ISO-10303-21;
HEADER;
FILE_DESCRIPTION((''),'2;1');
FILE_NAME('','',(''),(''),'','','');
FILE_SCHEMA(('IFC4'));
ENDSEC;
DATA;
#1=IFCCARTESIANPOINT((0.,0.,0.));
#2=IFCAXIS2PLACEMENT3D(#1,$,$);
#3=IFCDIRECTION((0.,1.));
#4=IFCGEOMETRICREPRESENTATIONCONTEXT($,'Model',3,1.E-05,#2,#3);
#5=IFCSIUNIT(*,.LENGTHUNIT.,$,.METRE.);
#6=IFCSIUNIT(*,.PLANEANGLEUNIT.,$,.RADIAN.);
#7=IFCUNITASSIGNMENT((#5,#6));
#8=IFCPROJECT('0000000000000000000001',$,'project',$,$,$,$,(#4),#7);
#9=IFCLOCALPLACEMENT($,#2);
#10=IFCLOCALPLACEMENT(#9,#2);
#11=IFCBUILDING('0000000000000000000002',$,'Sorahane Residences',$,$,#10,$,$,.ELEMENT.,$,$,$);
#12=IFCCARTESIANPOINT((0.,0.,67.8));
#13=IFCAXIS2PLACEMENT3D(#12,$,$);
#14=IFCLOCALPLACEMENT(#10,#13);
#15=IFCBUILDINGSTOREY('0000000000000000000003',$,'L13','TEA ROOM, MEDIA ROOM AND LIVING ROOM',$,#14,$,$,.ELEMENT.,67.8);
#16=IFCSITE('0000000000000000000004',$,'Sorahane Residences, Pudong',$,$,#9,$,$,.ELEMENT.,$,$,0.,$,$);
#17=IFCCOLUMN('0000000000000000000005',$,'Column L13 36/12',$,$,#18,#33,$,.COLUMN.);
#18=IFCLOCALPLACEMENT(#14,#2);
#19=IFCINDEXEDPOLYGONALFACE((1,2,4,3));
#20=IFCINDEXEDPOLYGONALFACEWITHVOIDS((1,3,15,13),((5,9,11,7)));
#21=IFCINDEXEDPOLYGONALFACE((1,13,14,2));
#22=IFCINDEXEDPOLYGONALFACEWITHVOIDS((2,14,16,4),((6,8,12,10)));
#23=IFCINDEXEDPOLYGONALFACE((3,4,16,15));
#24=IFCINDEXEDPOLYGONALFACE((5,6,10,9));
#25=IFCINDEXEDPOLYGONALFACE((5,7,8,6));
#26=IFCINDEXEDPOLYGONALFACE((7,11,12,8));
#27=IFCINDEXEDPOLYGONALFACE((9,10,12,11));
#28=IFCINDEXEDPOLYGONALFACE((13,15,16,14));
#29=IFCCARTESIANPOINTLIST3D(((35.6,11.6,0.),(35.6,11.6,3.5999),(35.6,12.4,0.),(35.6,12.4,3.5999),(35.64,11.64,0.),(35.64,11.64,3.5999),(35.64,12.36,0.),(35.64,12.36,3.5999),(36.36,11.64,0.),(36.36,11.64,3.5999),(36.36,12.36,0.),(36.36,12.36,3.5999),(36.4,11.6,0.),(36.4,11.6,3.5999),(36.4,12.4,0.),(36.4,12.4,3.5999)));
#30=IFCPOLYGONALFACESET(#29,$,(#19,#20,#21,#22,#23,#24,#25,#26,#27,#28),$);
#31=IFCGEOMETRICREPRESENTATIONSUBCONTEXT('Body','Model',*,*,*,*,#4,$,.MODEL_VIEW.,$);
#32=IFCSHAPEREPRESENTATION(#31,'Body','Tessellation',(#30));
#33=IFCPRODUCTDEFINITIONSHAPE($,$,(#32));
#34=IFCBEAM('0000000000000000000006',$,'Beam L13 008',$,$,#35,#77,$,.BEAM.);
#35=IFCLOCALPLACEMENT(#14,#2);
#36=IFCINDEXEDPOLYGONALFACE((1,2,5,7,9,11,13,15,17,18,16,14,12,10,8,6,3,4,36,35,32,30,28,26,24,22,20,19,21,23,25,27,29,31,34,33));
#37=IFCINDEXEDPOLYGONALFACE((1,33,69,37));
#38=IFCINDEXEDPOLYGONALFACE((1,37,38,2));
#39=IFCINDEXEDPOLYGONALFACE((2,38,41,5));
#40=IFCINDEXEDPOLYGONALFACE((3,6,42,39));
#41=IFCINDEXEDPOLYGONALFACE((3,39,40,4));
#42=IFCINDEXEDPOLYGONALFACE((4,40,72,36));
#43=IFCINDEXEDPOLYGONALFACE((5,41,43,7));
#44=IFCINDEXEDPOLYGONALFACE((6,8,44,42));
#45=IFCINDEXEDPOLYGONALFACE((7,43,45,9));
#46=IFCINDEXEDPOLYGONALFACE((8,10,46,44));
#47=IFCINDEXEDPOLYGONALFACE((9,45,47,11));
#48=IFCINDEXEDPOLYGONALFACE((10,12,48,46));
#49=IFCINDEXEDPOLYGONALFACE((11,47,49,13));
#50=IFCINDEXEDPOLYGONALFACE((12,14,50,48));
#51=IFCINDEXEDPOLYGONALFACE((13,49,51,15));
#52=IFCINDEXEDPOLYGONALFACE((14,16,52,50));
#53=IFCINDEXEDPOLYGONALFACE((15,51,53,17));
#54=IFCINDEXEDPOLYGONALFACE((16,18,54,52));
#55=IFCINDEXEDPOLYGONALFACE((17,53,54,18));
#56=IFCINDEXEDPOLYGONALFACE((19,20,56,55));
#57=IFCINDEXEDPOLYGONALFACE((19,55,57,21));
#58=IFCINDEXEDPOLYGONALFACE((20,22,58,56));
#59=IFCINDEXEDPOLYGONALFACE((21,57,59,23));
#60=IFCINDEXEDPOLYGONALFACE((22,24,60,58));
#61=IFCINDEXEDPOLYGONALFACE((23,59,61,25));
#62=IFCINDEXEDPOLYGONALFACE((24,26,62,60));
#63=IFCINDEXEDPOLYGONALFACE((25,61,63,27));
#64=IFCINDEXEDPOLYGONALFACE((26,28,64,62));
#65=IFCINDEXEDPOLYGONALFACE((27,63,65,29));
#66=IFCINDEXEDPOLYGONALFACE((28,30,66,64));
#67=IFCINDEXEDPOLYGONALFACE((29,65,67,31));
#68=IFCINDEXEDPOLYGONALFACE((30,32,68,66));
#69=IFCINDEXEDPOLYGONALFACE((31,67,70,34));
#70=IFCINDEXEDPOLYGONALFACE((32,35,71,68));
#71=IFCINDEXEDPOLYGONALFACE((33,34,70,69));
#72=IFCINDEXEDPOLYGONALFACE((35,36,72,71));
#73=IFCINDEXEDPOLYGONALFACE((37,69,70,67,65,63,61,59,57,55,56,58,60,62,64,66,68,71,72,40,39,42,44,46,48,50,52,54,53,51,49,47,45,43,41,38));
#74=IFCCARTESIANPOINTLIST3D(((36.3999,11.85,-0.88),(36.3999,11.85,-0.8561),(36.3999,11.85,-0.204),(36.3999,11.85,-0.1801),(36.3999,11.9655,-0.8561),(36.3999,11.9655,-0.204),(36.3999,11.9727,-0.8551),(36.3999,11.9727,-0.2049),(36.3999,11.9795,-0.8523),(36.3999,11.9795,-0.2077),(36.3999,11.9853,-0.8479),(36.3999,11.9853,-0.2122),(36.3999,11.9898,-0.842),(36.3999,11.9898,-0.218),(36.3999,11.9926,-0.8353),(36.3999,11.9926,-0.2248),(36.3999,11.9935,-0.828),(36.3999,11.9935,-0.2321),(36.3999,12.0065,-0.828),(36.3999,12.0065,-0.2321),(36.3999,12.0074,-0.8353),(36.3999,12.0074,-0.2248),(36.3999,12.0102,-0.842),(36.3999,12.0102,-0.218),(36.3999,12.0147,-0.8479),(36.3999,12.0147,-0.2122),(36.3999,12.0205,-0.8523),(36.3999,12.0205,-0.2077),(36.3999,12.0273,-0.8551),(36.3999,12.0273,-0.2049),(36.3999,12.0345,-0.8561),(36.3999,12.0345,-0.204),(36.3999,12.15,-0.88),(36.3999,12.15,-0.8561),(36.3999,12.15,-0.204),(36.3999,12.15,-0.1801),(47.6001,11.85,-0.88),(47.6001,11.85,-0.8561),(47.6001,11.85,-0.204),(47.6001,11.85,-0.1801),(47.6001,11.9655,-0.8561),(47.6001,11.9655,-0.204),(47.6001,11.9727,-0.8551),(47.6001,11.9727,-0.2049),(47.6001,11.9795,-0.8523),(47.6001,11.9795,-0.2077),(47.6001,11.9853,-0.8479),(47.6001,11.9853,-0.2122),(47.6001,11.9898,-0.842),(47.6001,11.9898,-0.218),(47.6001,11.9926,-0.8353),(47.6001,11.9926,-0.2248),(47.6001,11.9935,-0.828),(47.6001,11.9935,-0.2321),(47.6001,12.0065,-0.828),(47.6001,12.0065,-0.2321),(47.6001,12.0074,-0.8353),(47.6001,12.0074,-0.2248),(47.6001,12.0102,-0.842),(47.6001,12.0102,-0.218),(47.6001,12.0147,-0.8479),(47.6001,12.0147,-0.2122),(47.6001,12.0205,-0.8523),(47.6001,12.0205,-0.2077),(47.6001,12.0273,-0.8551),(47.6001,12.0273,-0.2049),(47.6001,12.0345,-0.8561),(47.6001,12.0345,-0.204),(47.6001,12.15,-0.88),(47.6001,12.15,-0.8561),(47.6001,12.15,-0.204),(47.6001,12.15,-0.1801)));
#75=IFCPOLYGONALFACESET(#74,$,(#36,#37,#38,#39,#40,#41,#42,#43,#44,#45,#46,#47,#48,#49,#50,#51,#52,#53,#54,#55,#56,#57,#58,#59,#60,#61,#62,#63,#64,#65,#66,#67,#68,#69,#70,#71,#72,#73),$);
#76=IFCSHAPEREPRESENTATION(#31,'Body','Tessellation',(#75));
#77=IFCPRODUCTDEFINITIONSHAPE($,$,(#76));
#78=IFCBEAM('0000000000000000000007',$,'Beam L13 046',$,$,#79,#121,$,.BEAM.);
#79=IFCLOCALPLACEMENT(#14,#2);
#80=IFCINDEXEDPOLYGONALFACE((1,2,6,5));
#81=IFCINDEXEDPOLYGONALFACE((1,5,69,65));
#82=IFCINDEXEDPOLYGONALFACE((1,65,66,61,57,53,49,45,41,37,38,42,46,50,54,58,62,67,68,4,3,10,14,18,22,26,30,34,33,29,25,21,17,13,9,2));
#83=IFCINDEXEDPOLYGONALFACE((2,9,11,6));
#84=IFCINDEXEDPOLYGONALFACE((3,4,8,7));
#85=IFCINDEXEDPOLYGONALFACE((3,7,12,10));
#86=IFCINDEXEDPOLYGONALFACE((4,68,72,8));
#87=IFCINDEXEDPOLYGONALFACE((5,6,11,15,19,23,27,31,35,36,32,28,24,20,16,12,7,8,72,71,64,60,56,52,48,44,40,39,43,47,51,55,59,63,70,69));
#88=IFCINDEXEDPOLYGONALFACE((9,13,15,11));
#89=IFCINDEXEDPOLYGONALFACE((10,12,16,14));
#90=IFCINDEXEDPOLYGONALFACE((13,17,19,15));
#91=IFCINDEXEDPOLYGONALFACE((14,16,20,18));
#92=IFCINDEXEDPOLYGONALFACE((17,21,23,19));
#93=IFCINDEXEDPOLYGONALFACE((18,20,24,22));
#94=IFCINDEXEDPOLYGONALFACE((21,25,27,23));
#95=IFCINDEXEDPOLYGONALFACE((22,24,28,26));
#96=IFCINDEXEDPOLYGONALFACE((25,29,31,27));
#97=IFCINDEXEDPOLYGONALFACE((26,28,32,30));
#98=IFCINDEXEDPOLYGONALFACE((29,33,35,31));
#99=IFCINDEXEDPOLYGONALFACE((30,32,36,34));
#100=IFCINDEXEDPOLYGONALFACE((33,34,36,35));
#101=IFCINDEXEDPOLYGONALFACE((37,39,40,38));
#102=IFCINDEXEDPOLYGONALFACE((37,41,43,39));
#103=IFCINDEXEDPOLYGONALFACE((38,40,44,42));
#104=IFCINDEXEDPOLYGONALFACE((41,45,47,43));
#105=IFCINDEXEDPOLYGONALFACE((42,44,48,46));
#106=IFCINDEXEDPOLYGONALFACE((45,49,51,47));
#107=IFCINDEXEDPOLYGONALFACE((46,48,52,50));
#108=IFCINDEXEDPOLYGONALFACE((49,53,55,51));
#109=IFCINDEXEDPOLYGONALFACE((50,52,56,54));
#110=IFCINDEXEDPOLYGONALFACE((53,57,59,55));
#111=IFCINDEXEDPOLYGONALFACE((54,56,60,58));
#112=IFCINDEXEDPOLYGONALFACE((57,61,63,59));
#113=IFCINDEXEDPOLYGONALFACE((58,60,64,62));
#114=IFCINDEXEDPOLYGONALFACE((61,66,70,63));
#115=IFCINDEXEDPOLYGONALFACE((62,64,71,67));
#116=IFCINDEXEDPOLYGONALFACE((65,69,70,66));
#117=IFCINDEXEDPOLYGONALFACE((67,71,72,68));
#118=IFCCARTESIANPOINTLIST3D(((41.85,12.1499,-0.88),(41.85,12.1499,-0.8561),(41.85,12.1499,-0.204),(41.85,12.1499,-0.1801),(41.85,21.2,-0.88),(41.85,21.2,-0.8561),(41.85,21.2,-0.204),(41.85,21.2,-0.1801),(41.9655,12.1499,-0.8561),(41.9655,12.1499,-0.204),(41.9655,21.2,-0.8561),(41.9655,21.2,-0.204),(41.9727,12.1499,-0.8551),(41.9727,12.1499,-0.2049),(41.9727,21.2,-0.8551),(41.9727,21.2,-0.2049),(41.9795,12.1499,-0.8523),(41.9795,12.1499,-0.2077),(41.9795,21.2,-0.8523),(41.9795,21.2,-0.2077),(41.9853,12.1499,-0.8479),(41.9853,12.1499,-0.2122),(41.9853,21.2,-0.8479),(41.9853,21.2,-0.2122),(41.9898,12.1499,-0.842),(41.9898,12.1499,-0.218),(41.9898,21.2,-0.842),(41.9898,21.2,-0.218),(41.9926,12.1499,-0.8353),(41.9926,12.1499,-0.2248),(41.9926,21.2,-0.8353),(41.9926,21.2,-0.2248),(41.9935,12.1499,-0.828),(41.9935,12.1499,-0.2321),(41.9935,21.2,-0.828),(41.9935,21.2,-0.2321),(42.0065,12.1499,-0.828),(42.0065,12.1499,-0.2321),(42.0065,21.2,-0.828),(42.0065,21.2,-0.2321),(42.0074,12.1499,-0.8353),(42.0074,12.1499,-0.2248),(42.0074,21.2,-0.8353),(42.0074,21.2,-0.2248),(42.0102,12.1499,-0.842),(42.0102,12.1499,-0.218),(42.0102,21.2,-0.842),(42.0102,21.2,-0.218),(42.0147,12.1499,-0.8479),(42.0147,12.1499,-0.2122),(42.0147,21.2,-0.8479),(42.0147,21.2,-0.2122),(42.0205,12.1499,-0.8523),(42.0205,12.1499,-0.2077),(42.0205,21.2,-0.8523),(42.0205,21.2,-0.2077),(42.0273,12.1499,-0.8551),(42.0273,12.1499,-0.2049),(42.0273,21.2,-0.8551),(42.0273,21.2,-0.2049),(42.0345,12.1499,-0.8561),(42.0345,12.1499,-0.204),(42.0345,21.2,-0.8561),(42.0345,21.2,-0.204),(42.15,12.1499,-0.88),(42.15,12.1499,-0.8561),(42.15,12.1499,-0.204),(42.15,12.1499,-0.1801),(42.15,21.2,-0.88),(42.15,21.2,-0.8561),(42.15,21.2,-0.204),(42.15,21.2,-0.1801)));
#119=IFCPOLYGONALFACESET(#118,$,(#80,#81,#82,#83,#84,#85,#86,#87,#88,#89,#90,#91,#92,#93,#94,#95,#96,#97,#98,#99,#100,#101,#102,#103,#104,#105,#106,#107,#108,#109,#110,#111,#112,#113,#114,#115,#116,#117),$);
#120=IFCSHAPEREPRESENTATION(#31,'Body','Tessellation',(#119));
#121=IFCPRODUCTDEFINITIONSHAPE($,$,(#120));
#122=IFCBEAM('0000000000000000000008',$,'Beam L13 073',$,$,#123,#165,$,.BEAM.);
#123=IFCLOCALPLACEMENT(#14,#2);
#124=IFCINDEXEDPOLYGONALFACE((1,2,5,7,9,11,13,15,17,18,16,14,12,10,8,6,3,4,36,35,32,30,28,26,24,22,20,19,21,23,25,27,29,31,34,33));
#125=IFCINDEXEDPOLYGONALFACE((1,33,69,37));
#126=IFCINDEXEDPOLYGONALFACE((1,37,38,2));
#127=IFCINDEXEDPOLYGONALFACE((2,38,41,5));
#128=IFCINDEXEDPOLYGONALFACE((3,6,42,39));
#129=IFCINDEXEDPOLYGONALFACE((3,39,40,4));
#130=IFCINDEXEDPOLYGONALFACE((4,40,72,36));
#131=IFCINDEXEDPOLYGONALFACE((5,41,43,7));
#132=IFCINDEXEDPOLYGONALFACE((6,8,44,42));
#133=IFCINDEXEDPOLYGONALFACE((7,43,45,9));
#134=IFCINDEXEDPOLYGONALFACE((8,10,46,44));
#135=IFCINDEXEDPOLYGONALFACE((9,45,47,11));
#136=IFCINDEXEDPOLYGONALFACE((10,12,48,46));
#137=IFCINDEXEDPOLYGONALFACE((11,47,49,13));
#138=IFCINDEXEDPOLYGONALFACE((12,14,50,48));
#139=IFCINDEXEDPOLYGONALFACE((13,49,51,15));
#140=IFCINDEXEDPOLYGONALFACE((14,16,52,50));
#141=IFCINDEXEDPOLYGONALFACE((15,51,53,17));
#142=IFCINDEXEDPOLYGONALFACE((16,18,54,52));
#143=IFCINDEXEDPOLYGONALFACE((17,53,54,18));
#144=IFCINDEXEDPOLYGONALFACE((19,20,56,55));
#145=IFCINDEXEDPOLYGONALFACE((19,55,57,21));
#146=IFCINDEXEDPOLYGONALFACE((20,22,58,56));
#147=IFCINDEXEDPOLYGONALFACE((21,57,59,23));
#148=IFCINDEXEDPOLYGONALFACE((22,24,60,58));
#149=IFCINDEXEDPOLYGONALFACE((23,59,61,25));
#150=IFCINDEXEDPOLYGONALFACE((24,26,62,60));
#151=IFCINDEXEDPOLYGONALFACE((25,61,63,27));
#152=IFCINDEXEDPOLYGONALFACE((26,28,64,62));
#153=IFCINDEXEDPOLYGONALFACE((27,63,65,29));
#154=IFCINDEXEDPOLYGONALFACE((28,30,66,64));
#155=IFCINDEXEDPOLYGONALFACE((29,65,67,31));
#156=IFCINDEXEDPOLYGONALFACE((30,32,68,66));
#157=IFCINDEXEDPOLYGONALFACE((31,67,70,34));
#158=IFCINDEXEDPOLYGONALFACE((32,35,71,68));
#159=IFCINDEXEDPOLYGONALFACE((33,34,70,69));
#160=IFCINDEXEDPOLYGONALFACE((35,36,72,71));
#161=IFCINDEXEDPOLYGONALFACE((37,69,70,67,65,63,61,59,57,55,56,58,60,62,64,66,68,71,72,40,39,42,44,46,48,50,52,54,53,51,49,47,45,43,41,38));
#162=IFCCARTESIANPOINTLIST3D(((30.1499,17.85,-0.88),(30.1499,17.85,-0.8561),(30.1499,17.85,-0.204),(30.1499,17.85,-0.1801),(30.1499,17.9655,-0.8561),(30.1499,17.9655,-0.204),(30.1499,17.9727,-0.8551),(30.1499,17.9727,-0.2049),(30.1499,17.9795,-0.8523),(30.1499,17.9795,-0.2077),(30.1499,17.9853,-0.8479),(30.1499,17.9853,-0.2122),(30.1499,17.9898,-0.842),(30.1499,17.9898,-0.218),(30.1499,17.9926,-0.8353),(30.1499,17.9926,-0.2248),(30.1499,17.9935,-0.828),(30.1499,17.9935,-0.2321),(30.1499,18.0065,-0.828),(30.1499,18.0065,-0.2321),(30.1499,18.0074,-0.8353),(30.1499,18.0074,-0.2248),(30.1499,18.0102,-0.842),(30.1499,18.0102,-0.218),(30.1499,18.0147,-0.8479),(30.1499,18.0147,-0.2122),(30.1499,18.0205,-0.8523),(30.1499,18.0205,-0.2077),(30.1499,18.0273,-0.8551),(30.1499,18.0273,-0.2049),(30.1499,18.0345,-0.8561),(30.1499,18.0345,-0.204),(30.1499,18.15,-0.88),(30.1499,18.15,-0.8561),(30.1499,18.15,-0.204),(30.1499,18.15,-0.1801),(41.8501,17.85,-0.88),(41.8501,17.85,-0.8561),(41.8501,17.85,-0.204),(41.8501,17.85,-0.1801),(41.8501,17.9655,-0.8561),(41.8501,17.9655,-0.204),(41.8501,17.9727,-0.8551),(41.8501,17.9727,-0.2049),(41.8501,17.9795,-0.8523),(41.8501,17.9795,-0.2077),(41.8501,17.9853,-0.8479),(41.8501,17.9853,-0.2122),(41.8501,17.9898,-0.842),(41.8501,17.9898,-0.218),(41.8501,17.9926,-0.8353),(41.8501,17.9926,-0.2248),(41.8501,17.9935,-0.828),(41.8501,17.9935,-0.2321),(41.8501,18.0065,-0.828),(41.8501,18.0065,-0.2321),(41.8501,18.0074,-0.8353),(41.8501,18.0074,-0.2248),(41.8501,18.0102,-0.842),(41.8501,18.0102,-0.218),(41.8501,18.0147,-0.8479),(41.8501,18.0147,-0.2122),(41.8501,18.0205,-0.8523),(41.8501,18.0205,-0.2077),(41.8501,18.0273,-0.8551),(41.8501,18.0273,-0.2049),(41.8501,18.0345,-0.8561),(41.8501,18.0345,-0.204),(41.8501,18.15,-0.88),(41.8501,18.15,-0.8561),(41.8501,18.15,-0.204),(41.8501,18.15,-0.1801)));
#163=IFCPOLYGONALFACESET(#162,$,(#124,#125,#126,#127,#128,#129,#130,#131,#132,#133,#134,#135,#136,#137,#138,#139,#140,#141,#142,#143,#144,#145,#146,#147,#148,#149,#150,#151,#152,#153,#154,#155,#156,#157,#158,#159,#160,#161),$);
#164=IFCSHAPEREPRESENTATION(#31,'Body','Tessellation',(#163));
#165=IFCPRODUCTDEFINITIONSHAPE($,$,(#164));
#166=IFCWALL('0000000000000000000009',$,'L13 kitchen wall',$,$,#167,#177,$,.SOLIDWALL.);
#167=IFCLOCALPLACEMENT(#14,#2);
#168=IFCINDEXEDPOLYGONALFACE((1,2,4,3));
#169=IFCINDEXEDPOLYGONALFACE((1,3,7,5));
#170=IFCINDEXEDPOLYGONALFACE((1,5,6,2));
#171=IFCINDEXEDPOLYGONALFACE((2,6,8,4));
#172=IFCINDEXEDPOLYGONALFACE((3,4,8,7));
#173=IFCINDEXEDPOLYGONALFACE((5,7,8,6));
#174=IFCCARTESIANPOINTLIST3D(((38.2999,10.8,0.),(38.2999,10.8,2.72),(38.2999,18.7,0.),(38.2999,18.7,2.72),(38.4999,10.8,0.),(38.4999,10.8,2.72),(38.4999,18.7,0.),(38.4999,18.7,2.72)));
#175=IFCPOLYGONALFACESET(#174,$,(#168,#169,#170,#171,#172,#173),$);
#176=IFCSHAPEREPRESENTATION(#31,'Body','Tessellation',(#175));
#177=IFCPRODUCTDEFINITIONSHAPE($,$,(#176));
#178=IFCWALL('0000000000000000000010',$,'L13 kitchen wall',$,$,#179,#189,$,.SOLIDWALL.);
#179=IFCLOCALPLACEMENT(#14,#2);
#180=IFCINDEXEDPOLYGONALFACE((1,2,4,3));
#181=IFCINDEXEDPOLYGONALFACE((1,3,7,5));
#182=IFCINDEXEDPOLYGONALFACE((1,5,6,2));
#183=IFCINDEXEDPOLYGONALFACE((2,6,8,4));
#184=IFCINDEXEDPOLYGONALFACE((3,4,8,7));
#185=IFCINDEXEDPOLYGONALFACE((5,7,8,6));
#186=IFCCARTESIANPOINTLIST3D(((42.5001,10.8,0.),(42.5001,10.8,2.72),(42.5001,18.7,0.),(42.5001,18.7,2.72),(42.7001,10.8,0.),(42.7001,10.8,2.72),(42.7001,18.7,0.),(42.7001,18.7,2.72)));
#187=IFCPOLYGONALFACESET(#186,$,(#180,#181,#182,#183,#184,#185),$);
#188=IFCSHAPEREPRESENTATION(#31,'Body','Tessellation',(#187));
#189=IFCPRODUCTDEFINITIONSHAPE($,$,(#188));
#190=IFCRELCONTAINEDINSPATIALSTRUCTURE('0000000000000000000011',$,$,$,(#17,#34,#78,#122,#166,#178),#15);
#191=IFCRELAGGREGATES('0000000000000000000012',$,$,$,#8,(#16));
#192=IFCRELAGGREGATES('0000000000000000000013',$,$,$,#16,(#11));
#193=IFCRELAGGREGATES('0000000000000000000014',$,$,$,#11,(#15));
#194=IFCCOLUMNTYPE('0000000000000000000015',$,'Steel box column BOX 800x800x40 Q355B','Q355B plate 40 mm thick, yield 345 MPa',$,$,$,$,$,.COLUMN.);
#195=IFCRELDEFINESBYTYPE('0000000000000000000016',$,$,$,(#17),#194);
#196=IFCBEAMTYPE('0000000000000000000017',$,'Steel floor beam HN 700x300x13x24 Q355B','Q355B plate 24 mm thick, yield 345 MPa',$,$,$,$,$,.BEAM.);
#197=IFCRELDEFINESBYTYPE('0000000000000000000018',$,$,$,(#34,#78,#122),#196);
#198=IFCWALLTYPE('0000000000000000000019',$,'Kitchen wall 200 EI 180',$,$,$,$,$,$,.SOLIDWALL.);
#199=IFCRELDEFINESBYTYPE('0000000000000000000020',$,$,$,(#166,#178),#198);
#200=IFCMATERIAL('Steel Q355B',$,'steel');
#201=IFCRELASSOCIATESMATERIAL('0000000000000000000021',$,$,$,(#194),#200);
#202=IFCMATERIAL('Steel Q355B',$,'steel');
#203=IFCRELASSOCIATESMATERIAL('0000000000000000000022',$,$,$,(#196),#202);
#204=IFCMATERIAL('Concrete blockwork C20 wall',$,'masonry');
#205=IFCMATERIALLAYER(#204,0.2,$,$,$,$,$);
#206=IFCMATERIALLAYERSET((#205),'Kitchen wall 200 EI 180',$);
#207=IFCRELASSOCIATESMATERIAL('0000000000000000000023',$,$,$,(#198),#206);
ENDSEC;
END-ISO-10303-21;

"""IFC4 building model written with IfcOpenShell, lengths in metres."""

from ifc_helpers import new_model, si_unit, direction, frame, frame_2d, origin, origin_2d, place, context, subcontext, project, spatial, rectangle, hollow_rectangle, i_section, extrude, material, layer, layer_set, material_profile, profile_set, type_object, element, save


model = new_model("IFC4")

# Units and contexts
model_context = context("Model", 3, precision=1e-05, world=origin(), true_north=direction((0.0, 1.0)))
body_context = subcontext(model_context, "Body", "Model", "MODEL_VIEW")
ifc_project = project(units=[si_unit("LENGTHUNIT", "METRE"), si_unit("PLANEANGLEUNIT", "RADIAN")], contexts=[model_context])

# Site, building, storey
site_placement = place(None, origin())
site = spatial("IfcSite", under=ifc_project, at=site_placement, Name="Sorahane Residences, Pudong", CompositionType="ELEMENT", RefElevation=0.0)
building_placement = place(site_placement, origin())
building = spatial("IfcBuilding", under=site, at=building_placement, Name="Sorahane Residences", CompositionType="ELEMENT")
storey_placement = place(building_placement, frame((0.0, 0.0, 67.8)))
storey = spatial("IfcBuildingStorey", under=building, at=storey_placement, Name="L13", Description="TEA ROOM, MEDIA ROOM AND LIVING ROOM", CompositionType="ELEMENT", Elevation=67.8)

# Column
ifc_material_1 = material(Name="Steel Q355B", Category="steel")
ifc_material_profile_1 = material_profile(ifc_material_1, hollow_rectangle(XDim=0.8, YDim=0.8, WallThickness=0.04, at=origin_2d()), Name="BOX 800x800x40")
ifc_profile_set_1 = profile_set([ifc_material_profile_1], Name="Steel Q355B")
column_type = type_object("IfcColumnType", Name="Steel box column BOX 800x800x40 Q355B", Description="Q355B plate 40 mm thick, yield 345 MPa", PredefinedType="COLUMN", material=ifc_profile_set_1)
column_placement = place(storey_placement, frame((36.0, 12.0, 0.0), z_axis=(0.0, 0.0, 1.0), x_axis=(1.0, 0.0, 0.0)))
element("IfcColumn", 1, at=column_placement, inside=storey, type_object=column_type, Name="Column L13 36/12", PredefinedType="COLUMN", context=body_context, shape_type="SweptSolid", body=[
    extrude(hollow_rectangle(XDim=0.8, YDim=0.8, WallThickness=0.04, at=origin_2d()), origin(), (0.0, 0.0, 1.0), 3.5999),
])

# Beams
ifc_material_2 = material(Name="Steel Q355B", Category="steel")
ifc_material_profile_2 = material_profile(ifc_material_2, i_section(OverallWidth=0.3, OverallDepth=0.7, WebThickness=0.0129, FlangeThickness=0.0239, FilletRadius=0.0281, at=origin_2d()), Name="HN 700x300x13x24")
ifc_profile_set_2 = profile_set([ifc_material_profile_2], Name="Steel Q355B")
beam_type = type_object("IfcBeamType", Name="Steel floor beam HN 700x300x13x24 Q355B", Description="Q355B plate 24 mm thick, yield 345 MPa", PredefinedType="BEAM", material=ifc_profile_set_2)
beam_1_placement = place(storey_placement, frame((36.3999, 12.0, -0.53), z_axis=(1.0, 0.0, 0.0), x_axis=(0.0, 1.0, 0.0)))
element("IfcBeam", 2, at=beam_1_placement, inside=storey, type_object=beam_type, Name="Beam L13 008", PredefinedType="BEAM", context=body_context, shape_type="SweptSolid", body=[
    extrude(i_section(OverallWidth=0.3, OverallDepth=0.7, WebThickness=0.0129, FlangeThickness=0.0239, FilletRadius=0.0281, at=origin_2d()), origin(), (0.0, 0.0, 1.0), 11.2002),
])
beam_2_placement = place(storey_placement, frame((42.0, 12.1499, -0.53), z_axis=(0.0, 1.0, 0.0), x_axis=(-1.0, 0.0, 0.0)))
element("IfcBeam", 3, at=beam_2_placement, inside=storey, type_object=beam_type, Name="Beam L13 046", PredefinedType="BEAM", context=body_context, shape_type="SweptSolid", body=[
    extrude(i_section(OverallWidth=0.3, OverallDepth=0.7, WebThickness=0.0129, FlangeThickness=0.0239, FilletRadius=0.0281, at=origin_2d()), origin(), (0.0, 0.0, 1.0), 9.05),
])
beam_3_placement = place(storey_placement, frame((30.1499, 18.0, -0.53), z_axis=(1.0, 0.0, 0.0), x_axis=(0.0, 1.0, 0.0)))
element("IfcBeam", 4, at=beam_3_placement, inside=storey, type_object=beam_type, Name="Beam L13 073", PredefinedType="BEAM", context=body_context, shape_type="SweptSolid", body=[
    extrude(i_section(OverallWidth=0.3, OverallDepth=0.7, WebThickness=0.0129, FlangeThickness=0.0239, FilletRadius=0.0281, at=origin_2d()), origin(), (0.0, 0.0, 1.0), 11.7002),
])

# Walls
ifc_material_3 = material(Name="Concrete blockwork C20 wall", Category="masonry")
ifc_layer_1 = layer(ifc_material_3, 0.2)
ifc_layer_set_1 = layer_set([ifc_layer_1], Name="Kitchen wall 200 EI 180")
wall_type_1 = type_object("IfcWallType", Name="Kitchen wall 200 EI 180", PredefinedType="SOLIDWALL", material=ifc_layer_set_1)
for number, where, z_axis, x_axis, name in (
    (5, (38.3999, 10.8, 0.0), (0.0, 0.0, 1.0), (0.0, 1.0, 0.0), "L13 kitchen wall"),
    (6, (42.6001, 10.8, 0.0), (0.0, 0.0, 1.0), (0.0, 1.0, 0.0), "L13 kitchen wall"),
):
    element("IfcWall", number, at=place(storey_placement, frame(where, z_axis=z_axis, x_axis=x_axis)), inside=storey, type_object=wall_type_1, Name=name, PredefinedType="SOLIDWALL", context=body_context, shape_type="SweptSolid", body=[
        extrude(rectangle(XDim=7.8999, YDim=0.2, at=frame_2d((3.95, 0.0))), origin(), (0.0, 0.0, 1.0), 2.72),
    ])

save(model, "model.ifc")
